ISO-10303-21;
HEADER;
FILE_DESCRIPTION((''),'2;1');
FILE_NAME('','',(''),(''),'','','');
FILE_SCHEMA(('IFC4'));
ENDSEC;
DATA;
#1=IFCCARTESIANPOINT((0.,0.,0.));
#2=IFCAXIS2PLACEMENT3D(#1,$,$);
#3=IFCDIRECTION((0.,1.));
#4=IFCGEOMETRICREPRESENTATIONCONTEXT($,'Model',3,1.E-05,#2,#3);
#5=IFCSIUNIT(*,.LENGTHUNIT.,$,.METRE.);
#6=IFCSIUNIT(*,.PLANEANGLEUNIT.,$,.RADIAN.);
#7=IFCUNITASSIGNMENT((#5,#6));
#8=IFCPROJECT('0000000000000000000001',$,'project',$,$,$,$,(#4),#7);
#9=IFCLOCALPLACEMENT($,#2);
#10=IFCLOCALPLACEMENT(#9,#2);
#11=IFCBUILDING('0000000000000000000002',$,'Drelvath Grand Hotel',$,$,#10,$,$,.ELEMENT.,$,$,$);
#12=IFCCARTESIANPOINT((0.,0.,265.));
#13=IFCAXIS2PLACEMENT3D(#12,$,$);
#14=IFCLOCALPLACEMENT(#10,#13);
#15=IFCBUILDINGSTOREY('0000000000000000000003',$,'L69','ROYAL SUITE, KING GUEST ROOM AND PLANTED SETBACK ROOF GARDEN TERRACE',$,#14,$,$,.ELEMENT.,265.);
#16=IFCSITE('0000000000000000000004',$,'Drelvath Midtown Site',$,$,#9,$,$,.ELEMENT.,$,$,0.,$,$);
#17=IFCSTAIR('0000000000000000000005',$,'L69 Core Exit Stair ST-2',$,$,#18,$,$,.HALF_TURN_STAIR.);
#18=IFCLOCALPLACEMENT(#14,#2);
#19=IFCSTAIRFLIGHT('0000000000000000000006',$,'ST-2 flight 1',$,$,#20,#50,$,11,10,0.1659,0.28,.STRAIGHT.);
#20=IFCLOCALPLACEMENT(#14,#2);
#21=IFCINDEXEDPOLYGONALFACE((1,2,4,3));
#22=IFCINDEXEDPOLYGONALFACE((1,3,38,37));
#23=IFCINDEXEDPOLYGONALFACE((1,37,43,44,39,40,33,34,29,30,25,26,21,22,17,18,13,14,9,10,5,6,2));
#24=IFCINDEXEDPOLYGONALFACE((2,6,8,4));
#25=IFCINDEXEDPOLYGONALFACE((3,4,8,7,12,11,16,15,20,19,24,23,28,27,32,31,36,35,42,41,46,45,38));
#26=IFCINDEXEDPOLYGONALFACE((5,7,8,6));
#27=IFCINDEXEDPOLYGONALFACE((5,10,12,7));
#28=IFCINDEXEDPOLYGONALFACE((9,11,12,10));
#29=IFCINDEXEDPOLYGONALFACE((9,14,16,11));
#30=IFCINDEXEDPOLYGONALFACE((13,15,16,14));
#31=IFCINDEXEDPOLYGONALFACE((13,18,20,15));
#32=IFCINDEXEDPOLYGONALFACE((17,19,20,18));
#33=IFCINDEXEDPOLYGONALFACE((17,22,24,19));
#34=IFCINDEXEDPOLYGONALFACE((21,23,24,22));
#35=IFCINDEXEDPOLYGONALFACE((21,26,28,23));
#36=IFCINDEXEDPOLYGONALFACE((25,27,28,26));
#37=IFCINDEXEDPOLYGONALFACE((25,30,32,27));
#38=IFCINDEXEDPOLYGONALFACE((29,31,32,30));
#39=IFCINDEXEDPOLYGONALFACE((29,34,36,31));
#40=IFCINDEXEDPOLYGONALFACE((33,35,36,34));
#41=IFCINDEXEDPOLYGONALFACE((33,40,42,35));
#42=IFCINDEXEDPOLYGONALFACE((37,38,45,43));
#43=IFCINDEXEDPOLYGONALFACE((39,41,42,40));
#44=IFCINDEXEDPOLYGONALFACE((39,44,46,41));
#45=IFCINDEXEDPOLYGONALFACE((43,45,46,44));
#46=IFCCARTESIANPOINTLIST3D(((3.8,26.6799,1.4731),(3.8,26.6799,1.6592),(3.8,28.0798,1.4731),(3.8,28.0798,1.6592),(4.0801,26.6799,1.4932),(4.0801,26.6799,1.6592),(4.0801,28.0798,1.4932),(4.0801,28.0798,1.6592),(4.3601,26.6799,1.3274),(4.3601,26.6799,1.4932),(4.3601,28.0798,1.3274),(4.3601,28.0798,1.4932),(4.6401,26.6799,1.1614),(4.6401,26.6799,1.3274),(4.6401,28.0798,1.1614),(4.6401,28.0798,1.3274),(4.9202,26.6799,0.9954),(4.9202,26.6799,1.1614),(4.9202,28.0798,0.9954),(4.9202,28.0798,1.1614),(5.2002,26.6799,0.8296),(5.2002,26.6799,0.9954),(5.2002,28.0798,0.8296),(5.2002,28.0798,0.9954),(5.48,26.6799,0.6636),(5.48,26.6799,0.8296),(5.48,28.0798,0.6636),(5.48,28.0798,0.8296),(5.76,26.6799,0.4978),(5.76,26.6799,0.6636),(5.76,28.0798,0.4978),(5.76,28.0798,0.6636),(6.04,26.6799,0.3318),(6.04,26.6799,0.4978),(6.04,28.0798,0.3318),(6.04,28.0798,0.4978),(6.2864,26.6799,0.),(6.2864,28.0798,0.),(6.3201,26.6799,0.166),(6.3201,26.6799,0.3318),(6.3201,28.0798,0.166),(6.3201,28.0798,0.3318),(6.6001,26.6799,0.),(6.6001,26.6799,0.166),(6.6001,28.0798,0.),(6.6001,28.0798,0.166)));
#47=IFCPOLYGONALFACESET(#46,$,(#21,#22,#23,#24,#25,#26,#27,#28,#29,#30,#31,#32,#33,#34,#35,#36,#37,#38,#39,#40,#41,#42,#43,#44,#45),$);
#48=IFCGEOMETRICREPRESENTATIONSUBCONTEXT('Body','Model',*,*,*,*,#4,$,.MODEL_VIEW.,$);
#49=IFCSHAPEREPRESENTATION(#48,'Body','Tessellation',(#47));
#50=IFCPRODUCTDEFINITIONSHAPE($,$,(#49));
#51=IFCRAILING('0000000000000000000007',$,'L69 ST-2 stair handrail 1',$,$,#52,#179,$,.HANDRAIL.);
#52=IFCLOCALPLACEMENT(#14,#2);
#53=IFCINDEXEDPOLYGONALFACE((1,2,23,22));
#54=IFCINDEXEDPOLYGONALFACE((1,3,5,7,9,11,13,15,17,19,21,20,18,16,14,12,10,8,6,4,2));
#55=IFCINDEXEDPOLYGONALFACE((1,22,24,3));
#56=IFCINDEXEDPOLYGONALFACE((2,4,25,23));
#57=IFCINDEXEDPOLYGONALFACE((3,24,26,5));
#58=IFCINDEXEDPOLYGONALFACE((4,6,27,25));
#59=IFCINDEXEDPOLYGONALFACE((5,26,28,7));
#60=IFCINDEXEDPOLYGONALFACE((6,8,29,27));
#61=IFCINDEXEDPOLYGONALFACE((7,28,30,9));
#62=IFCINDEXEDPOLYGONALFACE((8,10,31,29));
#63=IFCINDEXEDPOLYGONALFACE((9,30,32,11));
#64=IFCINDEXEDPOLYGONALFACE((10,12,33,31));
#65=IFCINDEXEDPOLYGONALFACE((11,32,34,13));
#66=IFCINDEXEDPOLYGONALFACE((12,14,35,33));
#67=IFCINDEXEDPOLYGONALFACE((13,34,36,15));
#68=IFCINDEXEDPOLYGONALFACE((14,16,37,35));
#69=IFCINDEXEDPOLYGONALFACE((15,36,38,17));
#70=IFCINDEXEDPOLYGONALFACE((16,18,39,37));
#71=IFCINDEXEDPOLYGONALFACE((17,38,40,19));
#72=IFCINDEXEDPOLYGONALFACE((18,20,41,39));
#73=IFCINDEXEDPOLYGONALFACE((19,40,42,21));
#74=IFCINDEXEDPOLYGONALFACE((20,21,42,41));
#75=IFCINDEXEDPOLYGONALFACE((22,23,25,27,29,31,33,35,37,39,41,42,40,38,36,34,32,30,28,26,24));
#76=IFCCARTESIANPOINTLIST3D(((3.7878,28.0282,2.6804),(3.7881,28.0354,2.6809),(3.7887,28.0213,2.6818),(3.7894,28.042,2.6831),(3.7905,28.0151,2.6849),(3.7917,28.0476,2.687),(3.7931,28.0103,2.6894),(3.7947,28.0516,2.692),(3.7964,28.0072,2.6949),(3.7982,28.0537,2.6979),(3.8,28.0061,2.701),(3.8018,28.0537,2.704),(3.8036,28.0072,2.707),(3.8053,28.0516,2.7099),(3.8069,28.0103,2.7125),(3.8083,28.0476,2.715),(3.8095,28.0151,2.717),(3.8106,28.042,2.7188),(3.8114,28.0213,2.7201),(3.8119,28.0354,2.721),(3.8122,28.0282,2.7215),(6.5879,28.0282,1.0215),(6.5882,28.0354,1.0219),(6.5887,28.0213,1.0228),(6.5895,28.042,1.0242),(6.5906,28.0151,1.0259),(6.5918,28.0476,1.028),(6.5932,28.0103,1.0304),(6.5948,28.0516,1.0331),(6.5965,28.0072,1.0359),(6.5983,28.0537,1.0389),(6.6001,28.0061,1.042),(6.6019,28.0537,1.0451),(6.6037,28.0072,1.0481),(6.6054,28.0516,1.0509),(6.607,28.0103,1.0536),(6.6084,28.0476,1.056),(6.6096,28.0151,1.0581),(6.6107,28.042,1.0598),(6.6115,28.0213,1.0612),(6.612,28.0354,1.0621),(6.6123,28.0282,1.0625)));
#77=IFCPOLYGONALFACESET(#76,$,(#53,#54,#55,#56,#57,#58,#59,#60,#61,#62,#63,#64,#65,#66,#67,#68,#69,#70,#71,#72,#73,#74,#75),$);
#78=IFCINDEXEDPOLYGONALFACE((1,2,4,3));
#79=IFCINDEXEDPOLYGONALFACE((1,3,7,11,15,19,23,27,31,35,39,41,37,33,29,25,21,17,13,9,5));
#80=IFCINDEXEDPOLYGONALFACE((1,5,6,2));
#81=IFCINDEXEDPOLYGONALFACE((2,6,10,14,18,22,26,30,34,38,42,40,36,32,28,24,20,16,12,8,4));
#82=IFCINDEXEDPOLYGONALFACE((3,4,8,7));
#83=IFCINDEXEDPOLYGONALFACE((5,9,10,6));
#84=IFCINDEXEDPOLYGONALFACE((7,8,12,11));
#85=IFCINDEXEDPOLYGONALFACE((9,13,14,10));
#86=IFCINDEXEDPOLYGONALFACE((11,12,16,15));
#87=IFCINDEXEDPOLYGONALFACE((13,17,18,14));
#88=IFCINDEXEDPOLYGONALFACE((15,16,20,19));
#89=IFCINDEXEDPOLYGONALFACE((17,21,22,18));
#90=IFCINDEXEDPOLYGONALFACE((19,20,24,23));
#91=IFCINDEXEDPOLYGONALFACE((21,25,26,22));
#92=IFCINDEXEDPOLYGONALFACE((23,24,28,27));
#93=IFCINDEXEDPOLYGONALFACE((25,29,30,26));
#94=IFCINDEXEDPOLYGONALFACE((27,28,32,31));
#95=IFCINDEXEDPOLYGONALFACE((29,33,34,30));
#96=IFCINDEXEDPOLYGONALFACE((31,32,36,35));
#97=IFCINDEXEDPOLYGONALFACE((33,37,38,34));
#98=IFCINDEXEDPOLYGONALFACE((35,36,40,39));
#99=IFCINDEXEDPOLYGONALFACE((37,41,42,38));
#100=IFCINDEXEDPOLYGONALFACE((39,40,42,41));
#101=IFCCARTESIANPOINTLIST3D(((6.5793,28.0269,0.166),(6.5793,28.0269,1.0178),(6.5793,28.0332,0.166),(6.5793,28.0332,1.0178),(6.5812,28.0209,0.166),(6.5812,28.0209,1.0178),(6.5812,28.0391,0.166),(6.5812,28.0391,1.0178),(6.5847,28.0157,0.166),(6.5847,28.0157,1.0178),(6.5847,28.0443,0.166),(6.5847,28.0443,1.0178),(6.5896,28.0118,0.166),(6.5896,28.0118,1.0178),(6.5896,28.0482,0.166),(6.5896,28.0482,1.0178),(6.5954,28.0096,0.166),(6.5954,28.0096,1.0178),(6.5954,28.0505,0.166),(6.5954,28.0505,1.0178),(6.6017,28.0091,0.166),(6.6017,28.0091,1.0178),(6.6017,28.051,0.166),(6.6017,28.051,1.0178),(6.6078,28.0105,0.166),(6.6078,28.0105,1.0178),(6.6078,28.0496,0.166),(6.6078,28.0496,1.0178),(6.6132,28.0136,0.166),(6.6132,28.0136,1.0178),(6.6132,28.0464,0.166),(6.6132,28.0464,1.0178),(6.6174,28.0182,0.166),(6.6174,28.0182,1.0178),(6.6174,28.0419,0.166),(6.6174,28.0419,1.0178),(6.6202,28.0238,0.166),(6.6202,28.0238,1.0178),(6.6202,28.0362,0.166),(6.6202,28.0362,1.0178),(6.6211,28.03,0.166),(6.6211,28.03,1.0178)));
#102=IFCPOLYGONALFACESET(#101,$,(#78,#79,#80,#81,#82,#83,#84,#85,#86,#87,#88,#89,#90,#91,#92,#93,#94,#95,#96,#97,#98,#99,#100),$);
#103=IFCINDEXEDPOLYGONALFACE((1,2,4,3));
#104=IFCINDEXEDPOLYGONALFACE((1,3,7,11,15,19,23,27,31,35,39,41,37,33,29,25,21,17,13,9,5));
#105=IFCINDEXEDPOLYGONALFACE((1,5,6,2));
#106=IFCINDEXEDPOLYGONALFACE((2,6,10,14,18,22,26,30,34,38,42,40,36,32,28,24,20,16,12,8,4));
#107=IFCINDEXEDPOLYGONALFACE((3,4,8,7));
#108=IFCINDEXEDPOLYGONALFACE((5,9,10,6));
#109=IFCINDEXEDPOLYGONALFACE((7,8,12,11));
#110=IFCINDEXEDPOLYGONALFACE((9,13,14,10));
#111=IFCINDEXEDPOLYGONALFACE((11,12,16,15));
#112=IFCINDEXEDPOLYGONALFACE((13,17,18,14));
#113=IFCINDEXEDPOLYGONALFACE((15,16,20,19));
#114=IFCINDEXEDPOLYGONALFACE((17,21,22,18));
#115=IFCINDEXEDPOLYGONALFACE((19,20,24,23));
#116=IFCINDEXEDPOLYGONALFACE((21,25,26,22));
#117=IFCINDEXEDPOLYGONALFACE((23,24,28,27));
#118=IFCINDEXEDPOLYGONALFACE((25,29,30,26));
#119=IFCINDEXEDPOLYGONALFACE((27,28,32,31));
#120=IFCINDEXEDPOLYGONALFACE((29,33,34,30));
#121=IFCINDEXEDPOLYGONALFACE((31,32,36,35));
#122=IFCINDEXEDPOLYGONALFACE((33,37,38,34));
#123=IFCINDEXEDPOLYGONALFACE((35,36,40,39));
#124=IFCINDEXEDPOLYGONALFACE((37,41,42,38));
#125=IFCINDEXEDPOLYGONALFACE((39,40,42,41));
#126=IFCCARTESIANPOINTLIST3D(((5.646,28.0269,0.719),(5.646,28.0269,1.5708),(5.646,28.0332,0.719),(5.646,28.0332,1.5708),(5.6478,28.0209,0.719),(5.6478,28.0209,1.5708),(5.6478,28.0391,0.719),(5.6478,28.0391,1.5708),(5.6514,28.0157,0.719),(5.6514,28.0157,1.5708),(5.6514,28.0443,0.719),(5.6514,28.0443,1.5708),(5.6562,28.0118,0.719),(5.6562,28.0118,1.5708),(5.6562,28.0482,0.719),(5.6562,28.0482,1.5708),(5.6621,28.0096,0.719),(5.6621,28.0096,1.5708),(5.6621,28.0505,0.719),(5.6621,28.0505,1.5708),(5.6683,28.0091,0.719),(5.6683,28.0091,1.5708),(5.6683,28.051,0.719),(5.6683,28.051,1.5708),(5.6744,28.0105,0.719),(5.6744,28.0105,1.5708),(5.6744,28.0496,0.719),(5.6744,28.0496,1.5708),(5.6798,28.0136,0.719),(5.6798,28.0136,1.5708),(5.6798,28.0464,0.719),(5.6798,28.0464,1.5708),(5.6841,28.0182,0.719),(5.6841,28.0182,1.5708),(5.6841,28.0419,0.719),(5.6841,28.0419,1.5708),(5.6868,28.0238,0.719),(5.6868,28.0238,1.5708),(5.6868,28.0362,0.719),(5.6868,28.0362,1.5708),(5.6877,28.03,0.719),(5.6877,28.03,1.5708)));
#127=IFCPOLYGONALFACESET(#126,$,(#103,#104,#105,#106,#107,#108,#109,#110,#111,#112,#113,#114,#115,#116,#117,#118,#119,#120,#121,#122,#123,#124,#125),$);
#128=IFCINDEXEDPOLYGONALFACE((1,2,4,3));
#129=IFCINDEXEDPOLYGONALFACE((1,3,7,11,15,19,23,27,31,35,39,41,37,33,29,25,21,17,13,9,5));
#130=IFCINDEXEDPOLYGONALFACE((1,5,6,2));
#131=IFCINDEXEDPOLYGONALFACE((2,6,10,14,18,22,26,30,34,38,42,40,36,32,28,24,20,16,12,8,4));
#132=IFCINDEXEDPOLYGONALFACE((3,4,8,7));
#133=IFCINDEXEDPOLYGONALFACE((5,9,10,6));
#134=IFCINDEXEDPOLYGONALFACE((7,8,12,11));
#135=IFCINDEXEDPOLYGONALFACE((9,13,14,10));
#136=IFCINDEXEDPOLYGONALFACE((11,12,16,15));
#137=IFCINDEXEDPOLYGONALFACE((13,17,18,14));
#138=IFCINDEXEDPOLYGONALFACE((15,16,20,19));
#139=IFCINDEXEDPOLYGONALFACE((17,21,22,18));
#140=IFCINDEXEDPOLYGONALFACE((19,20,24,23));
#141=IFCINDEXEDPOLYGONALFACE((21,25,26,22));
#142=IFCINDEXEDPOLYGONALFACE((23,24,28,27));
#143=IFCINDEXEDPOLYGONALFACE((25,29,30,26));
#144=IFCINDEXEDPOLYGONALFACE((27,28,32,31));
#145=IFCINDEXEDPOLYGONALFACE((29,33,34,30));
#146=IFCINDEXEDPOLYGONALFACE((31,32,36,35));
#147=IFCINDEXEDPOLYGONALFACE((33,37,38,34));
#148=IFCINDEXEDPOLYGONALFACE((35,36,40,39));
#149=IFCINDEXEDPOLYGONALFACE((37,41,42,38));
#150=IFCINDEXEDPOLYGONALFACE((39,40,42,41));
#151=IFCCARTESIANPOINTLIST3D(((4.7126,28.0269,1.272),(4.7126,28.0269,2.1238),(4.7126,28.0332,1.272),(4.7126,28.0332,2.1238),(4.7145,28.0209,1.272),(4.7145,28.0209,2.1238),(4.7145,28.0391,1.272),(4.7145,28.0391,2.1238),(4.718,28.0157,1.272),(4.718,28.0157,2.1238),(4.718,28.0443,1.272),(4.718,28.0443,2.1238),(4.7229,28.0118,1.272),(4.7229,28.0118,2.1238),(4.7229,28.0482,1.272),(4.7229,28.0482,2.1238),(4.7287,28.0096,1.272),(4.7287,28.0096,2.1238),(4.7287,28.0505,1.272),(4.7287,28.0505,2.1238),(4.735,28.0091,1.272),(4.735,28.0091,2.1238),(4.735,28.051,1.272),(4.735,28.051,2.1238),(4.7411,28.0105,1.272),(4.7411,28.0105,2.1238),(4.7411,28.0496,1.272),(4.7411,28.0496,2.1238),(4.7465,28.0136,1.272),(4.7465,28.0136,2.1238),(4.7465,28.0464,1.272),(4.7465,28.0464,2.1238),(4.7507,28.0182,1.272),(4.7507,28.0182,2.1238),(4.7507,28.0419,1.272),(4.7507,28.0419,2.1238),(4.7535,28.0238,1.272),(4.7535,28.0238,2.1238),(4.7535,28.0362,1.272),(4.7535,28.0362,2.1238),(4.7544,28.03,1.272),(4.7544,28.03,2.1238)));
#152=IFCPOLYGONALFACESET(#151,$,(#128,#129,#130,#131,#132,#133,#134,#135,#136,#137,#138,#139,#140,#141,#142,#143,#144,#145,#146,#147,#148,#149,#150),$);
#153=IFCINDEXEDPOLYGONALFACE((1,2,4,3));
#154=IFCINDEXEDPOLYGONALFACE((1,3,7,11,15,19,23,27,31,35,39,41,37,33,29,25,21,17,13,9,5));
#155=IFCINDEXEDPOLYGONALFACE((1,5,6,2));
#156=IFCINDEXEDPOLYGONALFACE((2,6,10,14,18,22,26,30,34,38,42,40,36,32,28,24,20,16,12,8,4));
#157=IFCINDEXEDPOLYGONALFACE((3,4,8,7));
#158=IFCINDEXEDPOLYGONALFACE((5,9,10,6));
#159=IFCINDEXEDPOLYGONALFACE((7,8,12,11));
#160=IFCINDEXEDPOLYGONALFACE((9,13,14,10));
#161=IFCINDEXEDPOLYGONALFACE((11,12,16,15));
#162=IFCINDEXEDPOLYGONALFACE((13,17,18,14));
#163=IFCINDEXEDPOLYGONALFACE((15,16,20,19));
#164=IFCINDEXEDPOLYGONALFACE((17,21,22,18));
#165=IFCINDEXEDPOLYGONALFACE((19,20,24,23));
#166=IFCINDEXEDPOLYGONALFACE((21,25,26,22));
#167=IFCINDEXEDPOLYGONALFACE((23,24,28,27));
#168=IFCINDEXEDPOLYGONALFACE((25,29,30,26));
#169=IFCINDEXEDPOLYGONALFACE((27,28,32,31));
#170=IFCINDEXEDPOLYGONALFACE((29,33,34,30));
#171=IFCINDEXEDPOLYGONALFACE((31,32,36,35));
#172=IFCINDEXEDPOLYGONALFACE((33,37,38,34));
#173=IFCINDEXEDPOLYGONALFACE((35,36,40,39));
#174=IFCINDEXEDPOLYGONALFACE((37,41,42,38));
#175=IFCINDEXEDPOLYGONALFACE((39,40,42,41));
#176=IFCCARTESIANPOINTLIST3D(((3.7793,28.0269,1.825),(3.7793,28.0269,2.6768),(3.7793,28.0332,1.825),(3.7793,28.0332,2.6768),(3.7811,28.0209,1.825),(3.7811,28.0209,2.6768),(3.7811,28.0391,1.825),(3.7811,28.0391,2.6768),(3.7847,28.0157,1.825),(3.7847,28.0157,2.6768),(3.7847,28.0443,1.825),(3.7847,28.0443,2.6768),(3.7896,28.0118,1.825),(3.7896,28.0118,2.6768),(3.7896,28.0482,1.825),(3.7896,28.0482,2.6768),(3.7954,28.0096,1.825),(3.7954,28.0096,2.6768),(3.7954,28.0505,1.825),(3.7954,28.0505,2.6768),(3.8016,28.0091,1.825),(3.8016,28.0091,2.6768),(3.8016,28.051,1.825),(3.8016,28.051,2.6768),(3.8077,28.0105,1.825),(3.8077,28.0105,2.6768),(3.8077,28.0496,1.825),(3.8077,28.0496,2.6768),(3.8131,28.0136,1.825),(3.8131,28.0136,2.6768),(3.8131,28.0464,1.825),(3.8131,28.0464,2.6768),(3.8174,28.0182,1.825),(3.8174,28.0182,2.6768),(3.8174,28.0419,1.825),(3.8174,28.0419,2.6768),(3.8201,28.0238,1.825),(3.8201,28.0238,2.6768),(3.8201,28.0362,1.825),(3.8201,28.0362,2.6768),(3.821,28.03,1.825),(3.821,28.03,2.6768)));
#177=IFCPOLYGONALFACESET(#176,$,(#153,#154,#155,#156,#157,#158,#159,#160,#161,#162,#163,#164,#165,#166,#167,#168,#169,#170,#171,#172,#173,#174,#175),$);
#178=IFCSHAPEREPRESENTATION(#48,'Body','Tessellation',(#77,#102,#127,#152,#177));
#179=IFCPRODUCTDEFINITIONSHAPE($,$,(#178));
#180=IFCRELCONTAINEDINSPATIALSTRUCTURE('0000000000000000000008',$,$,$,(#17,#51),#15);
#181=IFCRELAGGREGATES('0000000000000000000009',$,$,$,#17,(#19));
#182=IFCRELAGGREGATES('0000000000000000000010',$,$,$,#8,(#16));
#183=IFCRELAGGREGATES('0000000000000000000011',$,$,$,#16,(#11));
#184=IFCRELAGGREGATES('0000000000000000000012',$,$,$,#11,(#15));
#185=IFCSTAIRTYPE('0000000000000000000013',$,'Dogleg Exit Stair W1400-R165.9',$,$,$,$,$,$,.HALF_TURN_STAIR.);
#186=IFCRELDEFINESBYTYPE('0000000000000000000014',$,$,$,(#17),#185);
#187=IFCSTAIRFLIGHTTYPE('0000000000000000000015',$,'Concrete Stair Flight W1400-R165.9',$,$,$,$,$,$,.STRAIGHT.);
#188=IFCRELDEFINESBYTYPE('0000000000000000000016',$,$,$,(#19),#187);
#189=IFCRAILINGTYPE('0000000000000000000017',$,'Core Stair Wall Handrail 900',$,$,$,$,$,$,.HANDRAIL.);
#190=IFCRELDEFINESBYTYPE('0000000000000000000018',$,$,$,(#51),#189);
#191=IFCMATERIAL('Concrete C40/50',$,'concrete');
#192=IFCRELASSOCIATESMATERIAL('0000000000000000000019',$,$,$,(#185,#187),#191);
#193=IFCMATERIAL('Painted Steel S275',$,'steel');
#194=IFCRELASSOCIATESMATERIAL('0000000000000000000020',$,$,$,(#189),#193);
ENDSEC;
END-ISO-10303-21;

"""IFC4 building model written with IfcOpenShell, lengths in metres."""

from ifc_helpers import new_model, si_unit, direction, frame, origin, origin_2d, place, context, subcontext, project, spatial, polyline, circle, outline, extrude, material, type_object, element, aggregate, save


model = new_model("IFC4")

# Units and contexts
model_context = context("Model", 3, precision=1e-05, world=origin(), true_north=direction((0.0, 1.0)))
body_context = subcontext(model_context, "Body", "Model", "MODEL_VIEW")
ifc_project = project(units=[si_unit("LENGTHUNIT", "METRE"), si_unit("PLANEANGLEUNIT", "RADIAN")], contexts=[model_context])

# Site, building, storey
site_placement = place(None, origin())
site = spatial("IfcSite", under=ifc_project, at=site_placement, Name="Drelvath Midtown Site", CompositionType="ELEMENT", RefElevation=0.0)
building_placement = place(site_placement, origin())
building = spatial("IfcBuilding", under=site, at=building_placement, Name="Drelvath Grand Hotel", CompositionType="ELEMENT")
storey_placement = place(building_placement, frame((0.0, 0.0, 265.0)))
storey = spatial("IfcBuildingStorey", under=building, at=storey_placement, Name="L69", Description="ROYAL SUITE, KING GUEST ROOM AND PLANTED SETBACK ROOF GARDEN TERRACE", CompositionType="ELEMENT", Elevation=265.0)

# Shared definitions
ifc_material_1 = material(Name="Concrete C40/50", Category="concrete")

# Shared definitions
ifc_material_2 = material(Name="Painted Steel S275", Category="steel")

# Stair, stair flight
stair_type = type_object("IfcStairType", Name="Dogleg Exit Stair W1400-R165.9", PredefinedType="HALF_TURN_STAIR", material=ifc_material_1)
stair_placement = place(storey_placement, origin())
stair = element("IfcStair", 1, at=stair_placement, inside=storey, type_object=stair_type, Name="L69 Core Exit Stair ST-2", PredefinedType="HALF_TURN_STAIR")
stair_flight_type = type_object("IfcStairFlightType", Name="Concrete Stair Flight W1400-R165.9", PredefinedType="STRAIGHT", material=ifc_material_1)
stair_flight_placement = place(storey_placement, frame((6.6001, 27.3799, 0.0), z_axis=(0.0, 0.0, 1.0), x_axis=(-1.0, 0.0, 0.0)))
stair_flight = element("IfcStairFlight", 2, at=stair_flight_placement, type_object=stair_flight_type, Name="ST-2 flight 1", NumberOfRisers=11, NumberOfTreads=10, PredefinedType="STRAIGHT", RiserHeight=0.1659, TreadLength=0.28, context=body_context, shape_type="SweptSolid", body=[
    extrude(outline(polyline([(0.0, 0.0), (0.0, 0.166), (0.28, 0.166), (0.28, 0.3318), (0.5601, 0.3318), (0.5601, 0.4978), (0.8401, 0.4978), (0.8401, 0.6636), (1.1201, 0.6636), (1.1201, 0.8296), (1.3999, 0.8296), (1.3999, 0.9954), (1.6799, 0.9954), (1.6799, 1.1614), (1.96, 1.1614), (1.96, 1.3274), (2.24, 1.3274), (2.24, 1.4932), (2.52, 1.4932), (2.52, 1.6592), (2.8, 1.6592), (2.8, 1.825), (2.8, 1.4731), (0.3137, 0.0), (0.0, 0.0)])), frame((0.0, 0.7, 0.0), z_axis=(0.0, -1.0, 0.0), x_axis=(1.0, 0.0, 0.0)), (0.0, 0.0, 1.0), 1.3999),
])
aggregate(stair, [stair_flight])

# Railing
railing_type = type_object("IfcRailingType", Name="Core Stair Wall Handrail 900", PredefinedType="HANDRAIL", material=ifc_material_2)
railing_placement = place(storey_placement, frame((6.6001, 28.03, 0.166)))
element("IfcRailing", 3, at=railing_placement, inside=storey, type_object=railing_type, Name="L69 ST-2 stair handrail 1", PredefinedType="HANDRAIL", context=body_context, shape_type="SweptSolid", body=[
    extrude(circle(Radius=0.0239, at=origin_2d()), frame((0.0, 0.0, 0.876), z_axis=(-0.860339, 0.0, 0.509722), x_axis=(0.0, -1.0, 0.0)), (0.0, 0.0, 1.0), 3.2546),
    extrude(circle(Radius=0.021, at=origin_2d()), origin(), (0.0, 0.0, 1.0), 0.8518),
    extrude(circle(Radius=0.021, at=origin_2d()), frame((-0.9333, 0.0, 0.553)), (0.0, 0.0, 1.0), 0.8518),
    extrude(circle(Radius=0.021, at=origin_2d()), frame((-1.8667, 0.0, 1.106)), (0.0, 0.0, 1.0), 0.8518),
    extrude(circle(Radius=0.021, at=origin_2d()), frame((-2.8, 0.0, 1.6589)), (0.0, 0.0, 1.0), 0.8518),
])

save(model, "model.ifc")
